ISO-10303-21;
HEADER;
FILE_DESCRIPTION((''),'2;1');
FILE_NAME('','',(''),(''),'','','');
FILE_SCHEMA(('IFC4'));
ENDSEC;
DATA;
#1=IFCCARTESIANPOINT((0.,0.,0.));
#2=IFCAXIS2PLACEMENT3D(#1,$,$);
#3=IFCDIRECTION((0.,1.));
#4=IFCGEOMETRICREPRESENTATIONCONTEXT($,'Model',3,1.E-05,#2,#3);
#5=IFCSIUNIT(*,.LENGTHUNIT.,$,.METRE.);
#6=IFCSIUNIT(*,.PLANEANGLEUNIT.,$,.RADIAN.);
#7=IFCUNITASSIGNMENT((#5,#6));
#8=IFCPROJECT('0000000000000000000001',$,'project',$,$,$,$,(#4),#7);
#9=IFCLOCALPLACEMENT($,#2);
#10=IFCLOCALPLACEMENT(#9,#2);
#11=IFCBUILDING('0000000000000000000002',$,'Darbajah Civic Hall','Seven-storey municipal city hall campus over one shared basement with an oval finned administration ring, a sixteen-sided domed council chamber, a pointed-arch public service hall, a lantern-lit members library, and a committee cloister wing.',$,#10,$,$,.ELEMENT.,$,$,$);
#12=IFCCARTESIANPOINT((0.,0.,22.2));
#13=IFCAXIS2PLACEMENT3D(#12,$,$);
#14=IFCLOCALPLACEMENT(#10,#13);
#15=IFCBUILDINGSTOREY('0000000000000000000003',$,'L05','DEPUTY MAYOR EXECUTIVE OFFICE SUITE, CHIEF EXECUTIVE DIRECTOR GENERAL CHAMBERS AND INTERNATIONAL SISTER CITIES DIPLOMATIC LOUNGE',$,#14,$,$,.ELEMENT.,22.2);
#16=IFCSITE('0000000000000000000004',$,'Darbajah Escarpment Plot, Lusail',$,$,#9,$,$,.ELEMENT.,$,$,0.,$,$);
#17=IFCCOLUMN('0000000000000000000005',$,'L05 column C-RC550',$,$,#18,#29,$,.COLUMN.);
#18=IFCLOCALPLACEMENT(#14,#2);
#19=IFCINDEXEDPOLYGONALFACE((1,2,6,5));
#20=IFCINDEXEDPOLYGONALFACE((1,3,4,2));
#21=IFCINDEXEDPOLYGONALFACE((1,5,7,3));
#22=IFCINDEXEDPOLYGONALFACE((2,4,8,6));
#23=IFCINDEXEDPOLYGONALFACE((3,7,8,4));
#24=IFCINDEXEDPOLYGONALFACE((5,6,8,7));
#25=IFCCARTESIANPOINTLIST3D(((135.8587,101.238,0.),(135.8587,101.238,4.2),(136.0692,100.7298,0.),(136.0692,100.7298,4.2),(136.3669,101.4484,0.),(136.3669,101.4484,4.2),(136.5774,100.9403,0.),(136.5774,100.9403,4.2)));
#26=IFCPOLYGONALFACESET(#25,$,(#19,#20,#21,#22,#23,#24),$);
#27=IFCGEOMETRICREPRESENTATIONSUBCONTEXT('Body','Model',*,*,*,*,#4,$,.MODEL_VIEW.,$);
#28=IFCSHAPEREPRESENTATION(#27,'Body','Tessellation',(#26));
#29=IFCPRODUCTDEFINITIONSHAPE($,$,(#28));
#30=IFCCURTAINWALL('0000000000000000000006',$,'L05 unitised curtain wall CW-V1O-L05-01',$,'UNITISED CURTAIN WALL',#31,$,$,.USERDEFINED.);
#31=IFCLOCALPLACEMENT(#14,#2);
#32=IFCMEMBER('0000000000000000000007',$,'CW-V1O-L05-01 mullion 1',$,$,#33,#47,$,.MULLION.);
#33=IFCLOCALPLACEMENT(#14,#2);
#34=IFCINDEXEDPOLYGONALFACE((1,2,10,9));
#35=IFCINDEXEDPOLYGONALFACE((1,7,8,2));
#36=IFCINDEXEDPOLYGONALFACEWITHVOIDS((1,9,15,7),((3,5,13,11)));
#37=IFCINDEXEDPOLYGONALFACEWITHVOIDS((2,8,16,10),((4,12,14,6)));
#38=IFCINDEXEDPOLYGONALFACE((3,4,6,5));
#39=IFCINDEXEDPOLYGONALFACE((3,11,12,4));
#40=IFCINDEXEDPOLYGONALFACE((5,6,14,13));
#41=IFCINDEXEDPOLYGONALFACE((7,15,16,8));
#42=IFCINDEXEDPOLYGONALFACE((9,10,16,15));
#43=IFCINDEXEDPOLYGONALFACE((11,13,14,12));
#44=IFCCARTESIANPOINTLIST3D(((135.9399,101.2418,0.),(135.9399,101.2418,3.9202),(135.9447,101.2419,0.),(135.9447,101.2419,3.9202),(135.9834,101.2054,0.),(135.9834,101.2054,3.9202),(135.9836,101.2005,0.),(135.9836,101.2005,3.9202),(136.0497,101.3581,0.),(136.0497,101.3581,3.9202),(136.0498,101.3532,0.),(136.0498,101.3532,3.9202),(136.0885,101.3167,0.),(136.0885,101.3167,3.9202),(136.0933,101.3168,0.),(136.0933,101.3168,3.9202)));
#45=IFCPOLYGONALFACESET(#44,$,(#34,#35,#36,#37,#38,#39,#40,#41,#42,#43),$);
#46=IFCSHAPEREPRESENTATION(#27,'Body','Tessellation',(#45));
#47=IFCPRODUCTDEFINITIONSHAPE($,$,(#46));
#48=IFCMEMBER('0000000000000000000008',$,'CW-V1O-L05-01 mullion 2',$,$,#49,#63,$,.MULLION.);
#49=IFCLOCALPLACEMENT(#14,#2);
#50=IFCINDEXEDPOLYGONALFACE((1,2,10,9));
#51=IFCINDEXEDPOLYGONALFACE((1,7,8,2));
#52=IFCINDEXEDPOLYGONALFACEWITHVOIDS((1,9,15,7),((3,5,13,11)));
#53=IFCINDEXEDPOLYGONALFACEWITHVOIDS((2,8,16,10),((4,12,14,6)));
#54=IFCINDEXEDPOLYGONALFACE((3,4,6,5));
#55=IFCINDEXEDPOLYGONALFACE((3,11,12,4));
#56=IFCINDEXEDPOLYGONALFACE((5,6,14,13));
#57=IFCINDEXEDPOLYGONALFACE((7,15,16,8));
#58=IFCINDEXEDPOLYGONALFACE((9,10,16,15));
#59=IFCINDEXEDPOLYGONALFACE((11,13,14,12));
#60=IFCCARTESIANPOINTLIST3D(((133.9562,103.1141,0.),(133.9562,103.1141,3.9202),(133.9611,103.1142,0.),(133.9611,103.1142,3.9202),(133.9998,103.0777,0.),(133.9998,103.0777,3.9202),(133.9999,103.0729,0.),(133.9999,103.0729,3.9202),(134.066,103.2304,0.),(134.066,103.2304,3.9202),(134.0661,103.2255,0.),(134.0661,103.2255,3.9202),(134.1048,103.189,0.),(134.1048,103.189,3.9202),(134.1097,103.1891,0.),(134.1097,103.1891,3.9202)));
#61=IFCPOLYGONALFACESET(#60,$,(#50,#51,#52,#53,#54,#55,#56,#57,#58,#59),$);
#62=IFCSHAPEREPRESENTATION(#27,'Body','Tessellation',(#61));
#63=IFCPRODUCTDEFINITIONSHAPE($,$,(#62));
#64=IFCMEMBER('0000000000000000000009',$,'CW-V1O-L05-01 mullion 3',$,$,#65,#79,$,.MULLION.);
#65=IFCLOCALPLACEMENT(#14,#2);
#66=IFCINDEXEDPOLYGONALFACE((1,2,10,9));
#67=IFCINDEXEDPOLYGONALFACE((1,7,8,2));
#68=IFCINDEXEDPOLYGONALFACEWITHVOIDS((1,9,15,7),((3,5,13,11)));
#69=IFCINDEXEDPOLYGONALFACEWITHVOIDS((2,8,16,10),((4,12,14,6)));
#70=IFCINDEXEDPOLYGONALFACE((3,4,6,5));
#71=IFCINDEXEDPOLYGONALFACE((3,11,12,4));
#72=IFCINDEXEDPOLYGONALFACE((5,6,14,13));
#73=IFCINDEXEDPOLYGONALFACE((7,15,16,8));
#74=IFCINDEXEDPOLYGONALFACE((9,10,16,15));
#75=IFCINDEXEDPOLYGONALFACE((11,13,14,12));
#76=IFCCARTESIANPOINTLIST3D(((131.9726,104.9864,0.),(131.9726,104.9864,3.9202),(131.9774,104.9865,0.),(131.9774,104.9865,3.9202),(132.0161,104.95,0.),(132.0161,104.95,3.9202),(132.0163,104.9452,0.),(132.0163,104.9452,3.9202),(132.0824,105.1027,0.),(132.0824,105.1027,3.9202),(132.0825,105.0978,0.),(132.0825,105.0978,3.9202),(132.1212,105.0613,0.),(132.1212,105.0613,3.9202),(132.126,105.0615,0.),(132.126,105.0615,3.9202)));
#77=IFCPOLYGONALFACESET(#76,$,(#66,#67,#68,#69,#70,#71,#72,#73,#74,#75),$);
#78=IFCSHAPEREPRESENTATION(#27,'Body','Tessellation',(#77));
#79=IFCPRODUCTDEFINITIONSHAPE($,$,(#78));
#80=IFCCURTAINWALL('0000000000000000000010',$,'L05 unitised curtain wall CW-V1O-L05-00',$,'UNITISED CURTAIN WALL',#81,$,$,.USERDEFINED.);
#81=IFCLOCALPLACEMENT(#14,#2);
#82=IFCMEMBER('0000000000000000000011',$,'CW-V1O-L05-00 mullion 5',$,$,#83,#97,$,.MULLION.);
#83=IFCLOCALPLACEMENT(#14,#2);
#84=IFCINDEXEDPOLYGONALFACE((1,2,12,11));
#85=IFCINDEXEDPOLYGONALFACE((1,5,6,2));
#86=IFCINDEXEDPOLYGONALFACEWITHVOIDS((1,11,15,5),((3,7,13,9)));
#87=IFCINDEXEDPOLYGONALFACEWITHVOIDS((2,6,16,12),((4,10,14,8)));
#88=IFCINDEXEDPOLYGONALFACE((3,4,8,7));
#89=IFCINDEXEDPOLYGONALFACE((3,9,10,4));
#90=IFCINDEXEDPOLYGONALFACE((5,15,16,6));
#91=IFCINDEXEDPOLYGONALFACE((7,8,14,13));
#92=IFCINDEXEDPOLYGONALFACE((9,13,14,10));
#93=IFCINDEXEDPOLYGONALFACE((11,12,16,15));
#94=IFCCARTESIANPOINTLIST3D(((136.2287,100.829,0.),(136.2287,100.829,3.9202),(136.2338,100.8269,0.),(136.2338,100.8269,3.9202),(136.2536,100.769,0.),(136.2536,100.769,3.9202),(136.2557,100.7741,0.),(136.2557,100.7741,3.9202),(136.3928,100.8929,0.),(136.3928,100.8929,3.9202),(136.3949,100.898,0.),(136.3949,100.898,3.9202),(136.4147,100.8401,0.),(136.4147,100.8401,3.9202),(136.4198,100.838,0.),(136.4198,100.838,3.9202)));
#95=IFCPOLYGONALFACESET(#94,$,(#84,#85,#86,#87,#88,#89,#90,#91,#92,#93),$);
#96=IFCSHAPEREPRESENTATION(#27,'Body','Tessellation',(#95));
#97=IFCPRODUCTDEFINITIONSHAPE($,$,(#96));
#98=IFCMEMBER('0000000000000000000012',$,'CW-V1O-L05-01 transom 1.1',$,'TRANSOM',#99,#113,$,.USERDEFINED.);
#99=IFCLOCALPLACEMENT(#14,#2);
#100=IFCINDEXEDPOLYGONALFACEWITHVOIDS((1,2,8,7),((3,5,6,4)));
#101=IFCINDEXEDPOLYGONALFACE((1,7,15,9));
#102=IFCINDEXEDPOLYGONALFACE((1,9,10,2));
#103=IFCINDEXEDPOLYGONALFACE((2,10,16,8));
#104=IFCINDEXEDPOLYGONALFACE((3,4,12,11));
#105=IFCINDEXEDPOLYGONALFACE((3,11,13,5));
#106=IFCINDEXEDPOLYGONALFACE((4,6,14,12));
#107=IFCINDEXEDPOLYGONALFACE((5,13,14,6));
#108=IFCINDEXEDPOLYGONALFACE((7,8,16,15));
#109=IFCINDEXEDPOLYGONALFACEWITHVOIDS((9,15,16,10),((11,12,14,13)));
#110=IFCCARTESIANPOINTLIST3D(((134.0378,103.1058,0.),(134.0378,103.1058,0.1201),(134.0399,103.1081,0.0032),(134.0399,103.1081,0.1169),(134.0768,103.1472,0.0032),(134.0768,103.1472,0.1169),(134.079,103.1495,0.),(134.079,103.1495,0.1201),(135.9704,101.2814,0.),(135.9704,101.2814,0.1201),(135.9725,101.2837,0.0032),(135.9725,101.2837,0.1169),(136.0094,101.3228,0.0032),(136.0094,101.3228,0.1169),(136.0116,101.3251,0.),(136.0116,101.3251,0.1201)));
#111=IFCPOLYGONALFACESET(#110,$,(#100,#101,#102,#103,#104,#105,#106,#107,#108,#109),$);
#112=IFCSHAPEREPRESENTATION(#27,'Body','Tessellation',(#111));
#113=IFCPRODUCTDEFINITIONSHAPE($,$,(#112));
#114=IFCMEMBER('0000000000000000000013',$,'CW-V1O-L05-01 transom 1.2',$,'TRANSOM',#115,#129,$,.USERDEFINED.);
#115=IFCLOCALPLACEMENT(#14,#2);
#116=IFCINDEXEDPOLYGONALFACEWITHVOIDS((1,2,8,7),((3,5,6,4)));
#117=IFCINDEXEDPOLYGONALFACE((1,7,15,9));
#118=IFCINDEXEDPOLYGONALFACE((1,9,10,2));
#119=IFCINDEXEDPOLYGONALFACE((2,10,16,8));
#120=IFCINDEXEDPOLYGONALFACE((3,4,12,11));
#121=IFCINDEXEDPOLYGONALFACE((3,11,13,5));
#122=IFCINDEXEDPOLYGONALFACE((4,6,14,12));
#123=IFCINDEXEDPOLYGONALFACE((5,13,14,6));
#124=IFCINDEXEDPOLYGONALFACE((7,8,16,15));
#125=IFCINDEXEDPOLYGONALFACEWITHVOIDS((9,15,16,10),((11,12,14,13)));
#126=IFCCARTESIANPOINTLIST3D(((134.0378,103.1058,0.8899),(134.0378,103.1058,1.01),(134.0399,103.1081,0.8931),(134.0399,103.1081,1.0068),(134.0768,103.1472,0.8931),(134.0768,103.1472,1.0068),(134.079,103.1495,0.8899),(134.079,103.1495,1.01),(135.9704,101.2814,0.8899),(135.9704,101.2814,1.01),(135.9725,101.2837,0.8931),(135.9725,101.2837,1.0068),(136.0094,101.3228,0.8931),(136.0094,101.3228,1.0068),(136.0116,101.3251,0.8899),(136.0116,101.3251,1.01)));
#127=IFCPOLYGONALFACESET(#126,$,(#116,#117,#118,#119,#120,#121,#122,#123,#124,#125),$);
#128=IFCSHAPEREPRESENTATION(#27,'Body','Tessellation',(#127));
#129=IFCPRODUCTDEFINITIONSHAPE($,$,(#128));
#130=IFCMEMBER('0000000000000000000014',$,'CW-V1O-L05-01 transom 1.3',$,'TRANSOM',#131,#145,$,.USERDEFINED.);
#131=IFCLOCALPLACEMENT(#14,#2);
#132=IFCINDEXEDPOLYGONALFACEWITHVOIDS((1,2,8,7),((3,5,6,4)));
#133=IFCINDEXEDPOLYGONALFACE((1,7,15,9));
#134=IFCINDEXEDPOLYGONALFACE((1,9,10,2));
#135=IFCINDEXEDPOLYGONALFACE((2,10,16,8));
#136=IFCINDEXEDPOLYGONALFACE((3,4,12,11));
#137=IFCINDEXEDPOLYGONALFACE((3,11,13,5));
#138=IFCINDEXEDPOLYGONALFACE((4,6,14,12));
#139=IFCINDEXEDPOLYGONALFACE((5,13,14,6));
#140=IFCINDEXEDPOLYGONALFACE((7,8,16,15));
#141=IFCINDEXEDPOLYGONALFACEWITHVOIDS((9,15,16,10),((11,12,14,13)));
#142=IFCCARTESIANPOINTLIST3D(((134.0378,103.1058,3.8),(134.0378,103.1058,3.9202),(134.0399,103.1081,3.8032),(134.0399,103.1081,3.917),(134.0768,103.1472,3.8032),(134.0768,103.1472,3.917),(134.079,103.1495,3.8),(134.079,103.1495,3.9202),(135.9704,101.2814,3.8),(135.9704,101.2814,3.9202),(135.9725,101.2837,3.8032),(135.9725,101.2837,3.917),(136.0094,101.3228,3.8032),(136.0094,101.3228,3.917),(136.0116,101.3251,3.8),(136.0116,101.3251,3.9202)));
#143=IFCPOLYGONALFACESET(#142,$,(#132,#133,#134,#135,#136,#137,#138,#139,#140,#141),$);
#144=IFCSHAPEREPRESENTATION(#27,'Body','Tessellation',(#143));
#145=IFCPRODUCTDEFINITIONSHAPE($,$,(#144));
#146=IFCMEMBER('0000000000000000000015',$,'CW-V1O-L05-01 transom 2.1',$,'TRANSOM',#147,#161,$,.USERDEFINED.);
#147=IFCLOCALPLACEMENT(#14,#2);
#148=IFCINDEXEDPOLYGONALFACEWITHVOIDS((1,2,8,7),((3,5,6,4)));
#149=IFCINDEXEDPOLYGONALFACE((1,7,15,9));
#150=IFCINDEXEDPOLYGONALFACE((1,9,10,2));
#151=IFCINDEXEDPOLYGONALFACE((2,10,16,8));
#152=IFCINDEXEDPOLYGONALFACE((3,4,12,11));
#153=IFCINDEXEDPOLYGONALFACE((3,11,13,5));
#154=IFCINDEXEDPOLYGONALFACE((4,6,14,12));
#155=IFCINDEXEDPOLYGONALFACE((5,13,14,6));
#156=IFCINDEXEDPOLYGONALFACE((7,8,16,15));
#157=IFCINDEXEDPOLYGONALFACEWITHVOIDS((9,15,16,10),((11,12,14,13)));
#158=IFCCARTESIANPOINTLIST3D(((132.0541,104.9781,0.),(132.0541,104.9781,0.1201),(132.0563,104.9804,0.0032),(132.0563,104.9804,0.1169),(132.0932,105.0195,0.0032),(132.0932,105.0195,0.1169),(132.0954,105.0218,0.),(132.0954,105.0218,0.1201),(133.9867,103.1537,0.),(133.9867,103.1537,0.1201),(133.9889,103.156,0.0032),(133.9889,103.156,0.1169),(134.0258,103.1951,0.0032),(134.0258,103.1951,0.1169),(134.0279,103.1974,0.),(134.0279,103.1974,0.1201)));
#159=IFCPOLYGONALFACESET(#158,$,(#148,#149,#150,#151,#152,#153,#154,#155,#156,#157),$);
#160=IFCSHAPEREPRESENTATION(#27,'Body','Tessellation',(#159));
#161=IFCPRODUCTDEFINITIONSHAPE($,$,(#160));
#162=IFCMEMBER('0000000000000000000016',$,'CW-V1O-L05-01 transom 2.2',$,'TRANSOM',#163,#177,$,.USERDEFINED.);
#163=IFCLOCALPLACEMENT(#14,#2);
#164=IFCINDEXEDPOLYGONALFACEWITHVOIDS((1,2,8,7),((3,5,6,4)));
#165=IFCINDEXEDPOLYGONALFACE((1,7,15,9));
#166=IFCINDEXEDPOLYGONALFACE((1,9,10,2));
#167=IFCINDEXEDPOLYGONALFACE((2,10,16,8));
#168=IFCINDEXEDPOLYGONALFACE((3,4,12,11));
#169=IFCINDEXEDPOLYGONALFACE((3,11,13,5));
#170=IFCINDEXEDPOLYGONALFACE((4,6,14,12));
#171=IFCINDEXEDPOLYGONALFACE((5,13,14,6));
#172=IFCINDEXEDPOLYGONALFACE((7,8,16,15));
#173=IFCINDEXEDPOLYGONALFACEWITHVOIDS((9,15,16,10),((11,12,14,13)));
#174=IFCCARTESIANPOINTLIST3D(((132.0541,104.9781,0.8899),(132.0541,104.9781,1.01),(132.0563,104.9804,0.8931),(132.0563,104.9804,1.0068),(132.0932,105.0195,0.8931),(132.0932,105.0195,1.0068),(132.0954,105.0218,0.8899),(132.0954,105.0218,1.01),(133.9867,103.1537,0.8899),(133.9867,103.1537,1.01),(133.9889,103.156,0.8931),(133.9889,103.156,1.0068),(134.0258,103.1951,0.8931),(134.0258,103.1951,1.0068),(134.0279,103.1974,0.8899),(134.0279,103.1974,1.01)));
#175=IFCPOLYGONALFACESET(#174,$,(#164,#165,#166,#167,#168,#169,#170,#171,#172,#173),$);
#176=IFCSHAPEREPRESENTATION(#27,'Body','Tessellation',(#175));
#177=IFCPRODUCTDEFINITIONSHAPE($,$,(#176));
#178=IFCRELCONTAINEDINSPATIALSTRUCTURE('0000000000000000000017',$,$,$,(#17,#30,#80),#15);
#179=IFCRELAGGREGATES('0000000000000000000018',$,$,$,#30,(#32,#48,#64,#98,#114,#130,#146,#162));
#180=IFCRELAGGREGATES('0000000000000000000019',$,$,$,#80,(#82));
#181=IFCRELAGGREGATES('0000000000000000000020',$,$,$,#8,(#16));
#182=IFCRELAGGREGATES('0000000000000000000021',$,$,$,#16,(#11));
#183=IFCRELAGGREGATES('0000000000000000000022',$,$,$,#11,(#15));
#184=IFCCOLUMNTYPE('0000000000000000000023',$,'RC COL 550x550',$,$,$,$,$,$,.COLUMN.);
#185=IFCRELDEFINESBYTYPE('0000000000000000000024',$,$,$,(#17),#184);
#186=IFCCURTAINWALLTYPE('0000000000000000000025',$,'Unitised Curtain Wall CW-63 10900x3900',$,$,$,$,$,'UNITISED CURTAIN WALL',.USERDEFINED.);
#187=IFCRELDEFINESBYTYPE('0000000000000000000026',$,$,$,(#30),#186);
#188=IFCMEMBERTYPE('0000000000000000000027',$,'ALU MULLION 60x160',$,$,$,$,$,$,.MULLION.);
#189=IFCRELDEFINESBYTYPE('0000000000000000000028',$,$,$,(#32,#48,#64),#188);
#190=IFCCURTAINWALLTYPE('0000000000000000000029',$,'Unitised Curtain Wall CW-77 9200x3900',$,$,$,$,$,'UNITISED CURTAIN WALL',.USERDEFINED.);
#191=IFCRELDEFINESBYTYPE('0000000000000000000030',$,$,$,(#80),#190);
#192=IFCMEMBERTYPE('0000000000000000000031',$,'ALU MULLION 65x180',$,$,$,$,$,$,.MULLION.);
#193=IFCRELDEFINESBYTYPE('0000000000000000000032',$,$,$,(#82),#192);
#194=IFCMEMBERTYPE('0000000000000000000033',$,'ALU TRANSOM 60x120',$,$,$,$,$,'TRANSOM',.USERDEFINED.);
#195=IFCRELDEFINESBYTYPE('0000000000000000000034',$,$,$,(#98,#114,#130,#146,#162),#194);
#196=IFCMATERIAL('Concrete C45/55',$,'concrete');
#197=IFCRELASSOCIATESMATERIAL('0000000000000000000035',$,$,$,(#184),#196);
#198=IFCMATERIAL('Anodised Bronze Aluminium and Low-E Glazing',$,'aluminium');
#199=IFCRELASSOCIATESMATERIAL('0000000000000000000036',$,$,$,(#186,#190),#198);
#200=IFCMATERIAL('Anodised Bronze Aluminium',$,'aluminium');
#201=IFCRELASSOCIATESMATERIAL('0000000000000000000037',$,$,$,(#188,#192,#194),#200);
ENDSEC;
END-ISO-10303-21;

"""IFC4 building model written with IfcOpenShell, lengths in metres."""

from ifc_helpers import new_model, si_unit, direction, frame, origin, origin_2d, place, context, subcontext, project, spatial, rectangle, hollow_rectangle, extrude, material, material_profile, profile_set, type_object, element, aggregate, save


model = new_model("IFC4")

# Units and contexts
model_context = context("Model", 3, precision=1e-05, world=origin(), true_north=direction((0.0, 1.0)))
body_context = subcontext(model_context, "Body", "Model", "MODEL_VIEW")
ifc_project = project(units=[si_unit("LENGTHUNIT", "METRE"), si_unit("PLANEANGLEUNIT", "RADIAN")], contexts=[model_context])

# Site, building, storey
site_placement = place(None, origin())
site = spatial("IfcSite", under=ifc_project, at=site_placement, Name="Darbajah Escarpment Plot, Lusail", CompositionType="ELEMENT", RefElevation=0.0)
building_placement = place(site_placement, origin())
building = spatial("IfcBuilding", under=site, at=building_placement, Name="Darbajah Civic Hall", Description="Seven-storey municipal city hall campus over one shared basement with an oval finned administration ring, a sixteen-sided domed council chamber, a pointed-arch public service hall, a lantern-lit members library, and a committee cloister wing.", CompositionType="ELEMENT")
storey_placement = place(building_placement, frame((0.0, 0.0, 22.2)))
storey = spatial("IfcBuildingStorey", under=building, at=storey_placement, Name="L05", Description="DEPUTY MAYOR EXECUTIVE OFFICE SUITE, CHIEF EXECUTIVE DIRECTOR GENERAL CHAMBERS AND INTERNATIONAL SISTER CITIES DIPLOMATIC LOUNGE", CompositionType="ELEMENT", Elevation=22.2)

# Column
ifc_material_1 = material(Name="Concrete C45/55", Category="concrete")
ifc_material_profile_1 = material_profile(ifc_material_1, rectangle(XDim=0.55, YDim=0.55, at=origin_2d()), Name="RC COL 550x550")
ifc_profile_set_1 = profile_set([ifc_material_profile_1], Name="Concrete C45/55")
column_type = type_object("IfcColumnType", Name="RC COL 550x550", PredefinedType="COLUMN", material=ifc_profile_set_1)
column_placement = place(storey_placement, frame((136.218, 101.0891, 0.0), z_axis=(0.0, 0.0, 1.0), x_axis=(0.92388, 0.382683, 0.0)))
element("IfcColumn", 1, at=column_placement, inside=storey, type_object=column_type, Name="L05 column C-RC550", PredefinedType="COLUMN", context=body_context, shape_type="SweptSolid", body=[
    extrude(rectangle(XDim=0.55, YDim=0.55, at=origin_2d()), origin(), (0.0, 0.0, 1.0), 4.2),
])

# Curtain wall, members
ifc_material_2 = material(Name="Anodised Bronze Aluminium and Low-E Glazing", Category="aluminium")
curtain_wall_type_1 = type_object("IfcCurtainWallType", Name="Unitised Curtain Wall CW-63 10900x3900", ElementType="UNITISED CURTAIN WALL", PredefinedType="USERDEFINED", material=ifc_material_2)
curtain_wall_1_placement = place(storey_placement, origin())
curtain_wall_1 = element("IfcCurtainWall", 2, at=curtain_wall_1_placement, inside=storey, type_object=curtain_wall_type_1, Name="L05 unitised curtain wall CW-V1O-L05-01", ObjectType="UNITISED CURTAIN WALL", PredefinedType="USERDEFINED")
ifc_material_3 = material(Name="Anodised Bronze Aluminium", Category="aluminium")
ifc_material_profile_2 = material_profile(ifc_material_3, hollow_rectangle(XDim=0.0601, YDim=0.1599, WallThickness=0.0034, at=origin_2d()), Name="ALU MULLION 60x160")
ifc_profile_set_2 = profile_set([ifc_material_profile_2], Name="Anodised Bronze Aluminium")
member_type_1 = type_object("IfcMemberType", Name="ALU MULLION 60x160", PredefinedType="MULLION", material=ifc_profile_set_2)
member_1_placement = place(storey_placement, frame((136.0166, 101.2793, 0.0), z_axis=(0.0, 0.0, 1.0), x_axis=(-0.727174, 0.686453, 0.0)))
member_1 = element("IfcMember", 3, at=member_1_placement, type_object=member_type_1, Name="CW-V1O-L05-01 mullion 1", PredefinedType="MULLION", context=body_context, shape_type="SweptSolid", body=[
    extrude(hollow_rectangle(XDim=0.0601, YDim=0.1599, WallThickness=0.0034, at=origin_2d()), origin(), (0.0, 0.0, 1.0), 3.9202),
])
member_2_placement = place(storey_placement, frame((134.033, 103.1516, 0.0), z_axis=(0.0, 0.0, 1.0), x_axis=(-0.727174, 0.686453, 0.0)))
member_2 = element("IfcMember", 4, at=member_2_placement, type_object=member_type_1, Name="CW-V1O-L05-01 mullion 2", PredefinedType="MULLION", context=body_context, shape_type="SweptSolid", body=[
    extrude(hollow_rectangle(XDim=0.0601, YDim=0.1599, WallThickness=0.0034, at=origin_2d()), origin(), (0.0, 0.0, 1.0), 3.9202),
])
member_3_placement = place(storey_placement, frame((132.0493, 105.0239, 0.0), z_axis=(0.0, 0.0, 1.0), x_axis=(-0.727174, 0.686453, 0.0)))
member_3 = element("IfcMember", 5, at=member_3_placement, type_object=member_type_1, Name="CW-V1O-L05-01 mullion 3", PredefinedType="MULLION", context=body_context, shape_type="SweptSolid", body=[
    extrude(hollow_rectangle(XDim=0.0601, YDim=0.1599, WallThickness=0.0034, at=origin_2d()), origin(), (0.0, 0.0, 1.0), 3.9202),
])

# Curtain wall, member
curtain_wall_type_2 = type_object("IfcCurtainWallType", Name="Unitised Curtain Wall CW-77 9200x3900", ElementType="UNITISED CURTAIN WALL", PredefinedType="USERDEFINED", material=ifc_material_2)
curtain_wall_2_placement = place(storey_placement, origin())
curtain_wall_2 = element("IfcCurtainWall", 6, at=curtain_wall_2_placement, inside=storey, type_object=curtain_wall_type_2, Name="L05 unitised curtain wall CW-V1O-L05-00", ObjectType="UNITISED CURTAIN WALL", PredefinedType="USERDEFINED")
ifc_material_profile_3 = material_profile(ifc_material_3, hollow_rectangle(XDim=0.0649, YDim=0.1799, WallThickness=0.0039, at=origin_2d()), Name="ALU MULLION 65x180")
ifc_profile_set_3 = profile_set([ifc_material_profile_3], Name="Anodised Bronze Aluminium")
member_type_2 = type_object("IfcMemberType", Name="ALU MULLION 65x180", PredefinedType="MULLION", material=ifc_profile_set_3)
member_4_placement = place(storey_placement, frame((136.3242, 100.8335, 0.0), z_axis=(0.0, 0.0, 1.0), x_axis=(-0.383328, 0.923612, 0.0)))
member_4 = element("IfcMember", 7, at=member_4_placement, type_object=member_type_2, Name="CW-V1O-L05-00 mullion 5", PredefinedType="MULLION", context=body_context, shape_type="SweptSolid", body=[
    extrude(hollow_rectangle(XDim=0.0649, YDim=0.1799, WallThickness=0.0039, at=origin_2d()), origin(), (0.0, 0.0, 1.0), 3.9202),
])

# Members
ifc_material_profile_4 = material_profile(ifc_material_3, hollow_rectangle(XDim=0.0601, YDim=0.1201, WallThickness=0.0032, at=origin_2d()), Name="ALU TRANSOM 60x120")
ifc_profile_set_4 = profile_set([ifc_material_profile_4], Name="Anodised Bronze Aluminium")
member_type_3 = type_object("IfcMemberType", Name="ALU TRANSOM 60x120", ElementType="TRANSOM", PredefinedType="USERDEFINED", material=ifc_profile_set_4)
member_5_placement = place(storey_placement, frame((135.991, 101.3032, 0.0601), z_axis=(-0.727161, 0.686467, 0.0), x_axis=(-0.686467, -0.727161, 0.0)))
member_5 = element("IfcMember", 8, at=member_5_placement, type_object=member_type_3, Name="CW-V1O-L05-01 transom 1.1", ObjectType="TRANSOM", PredefinedType="USERDEFINED", context=body_context, shape_type="SweptSolid", body=[
    extrude(hollow_rectangle(XDim=0.0601, YDim=0.1201, WallThickness=0.0032, at=origin_2d()), origin(), (0.0, 0.0, 1.0), 2.6577),
])
member_6_placement = place(storey_placement, frame((135.991, 101.3032, 0.95), z_axis=(-0.727161, 0.686467, 0.0), x_axis=(-0.686467, -0.727161, 0.0)))
member_6 = element("IfcMember", 9, at=member_6_placement, type_object=member_type_3, Name="CW-V1O-L05-01 transom 1.2", ObjectType="TRANSOM", PredefinedType="USERDEFINED", context=body_context, shape_type="SweptSolid", body=[
    extrude(hollow_rectangle(XDim=0.0601, YDim=0.1201, WallThickness=0.0032, at=origin_2d()), origin(), (0.0, 0.0, 1.0), 2.6577),
])
member_7_placement = place(storey_placement, frame((135.991, 101.3032, 3.8601), z_axis=(-0.727161, 0.686467, 0.0), x_axis=(-0.686467, -0.727161, 0.0)))
member_7 = element("IfcMember", 10, at=member_7_placement, type_object=member_type_3, Name="CW-V1O-L05-01 transom 1.3", ObjectType="TRANSOM", PredefinedType="USERDEFINED", context=body_context, shape_type="SweptSolid", body=[
    extrude(hollow_rectangle(XDim=0.0601, YDim=0.1201, WallThickness=0.0032, at=origin_2d()), origin(), (0.0, 0.0, 1.0), 2.6577),
])
member_8_placement = place(storey_placement, frame((134.0073, 103.1755, 0.0601), z_axis=(-0.727161, 0.686467, 0.0), x_axis=(-0.686467, -0.727161, 0.0)))
member_8 = element("IfcMember", 11, at=member_8_placement, type_object=member_type_3, Name="CW-V1O-L05-01 transom 2.1", ObjectType="TRANSOM", PredefinedType="USERDEFINED", context=body_context, shape_type="SweptSolid", body=[
    extrude(hollow_rectangle(XDim=0.0601, YDim=0.1201, WallThickness=0.0032, at=origin_2d()), origin(), (0.0, 0.0, 1.0), 2.6577),
])
member_9_placement = place(storey_placement, frame((134.0073, 103.1755, 0.95), z_axis=(-0.727161, 0.686467, 0.0), x_axis=(-0.686467, -0.727161, 0.0)))
member_9 = element("IfcMember", 12, at=member_9_placement, type_object=member_type_3, Name="CW-V1O-L05-01 transom 2.2", ObjectType="TRANSOM", PredefinedType="USERDEFINED", context=body_context, shape_type="SweptSolid", body=[
    extrude(hollow_rectangle(XDim=0.0601, YDim=0.1201, WallThickness=0.0032, at=origin_2d()), origin(), (0.0, 0.0, 1.0), 2.6577),
])

aggregate(curtain_wall_1, [member_1, member_2, member_3, member_5, member_6, member_7, member_8, member_9])
aggregate(curtain_wall_2, [member_4])

save(model, "model.ifc")
